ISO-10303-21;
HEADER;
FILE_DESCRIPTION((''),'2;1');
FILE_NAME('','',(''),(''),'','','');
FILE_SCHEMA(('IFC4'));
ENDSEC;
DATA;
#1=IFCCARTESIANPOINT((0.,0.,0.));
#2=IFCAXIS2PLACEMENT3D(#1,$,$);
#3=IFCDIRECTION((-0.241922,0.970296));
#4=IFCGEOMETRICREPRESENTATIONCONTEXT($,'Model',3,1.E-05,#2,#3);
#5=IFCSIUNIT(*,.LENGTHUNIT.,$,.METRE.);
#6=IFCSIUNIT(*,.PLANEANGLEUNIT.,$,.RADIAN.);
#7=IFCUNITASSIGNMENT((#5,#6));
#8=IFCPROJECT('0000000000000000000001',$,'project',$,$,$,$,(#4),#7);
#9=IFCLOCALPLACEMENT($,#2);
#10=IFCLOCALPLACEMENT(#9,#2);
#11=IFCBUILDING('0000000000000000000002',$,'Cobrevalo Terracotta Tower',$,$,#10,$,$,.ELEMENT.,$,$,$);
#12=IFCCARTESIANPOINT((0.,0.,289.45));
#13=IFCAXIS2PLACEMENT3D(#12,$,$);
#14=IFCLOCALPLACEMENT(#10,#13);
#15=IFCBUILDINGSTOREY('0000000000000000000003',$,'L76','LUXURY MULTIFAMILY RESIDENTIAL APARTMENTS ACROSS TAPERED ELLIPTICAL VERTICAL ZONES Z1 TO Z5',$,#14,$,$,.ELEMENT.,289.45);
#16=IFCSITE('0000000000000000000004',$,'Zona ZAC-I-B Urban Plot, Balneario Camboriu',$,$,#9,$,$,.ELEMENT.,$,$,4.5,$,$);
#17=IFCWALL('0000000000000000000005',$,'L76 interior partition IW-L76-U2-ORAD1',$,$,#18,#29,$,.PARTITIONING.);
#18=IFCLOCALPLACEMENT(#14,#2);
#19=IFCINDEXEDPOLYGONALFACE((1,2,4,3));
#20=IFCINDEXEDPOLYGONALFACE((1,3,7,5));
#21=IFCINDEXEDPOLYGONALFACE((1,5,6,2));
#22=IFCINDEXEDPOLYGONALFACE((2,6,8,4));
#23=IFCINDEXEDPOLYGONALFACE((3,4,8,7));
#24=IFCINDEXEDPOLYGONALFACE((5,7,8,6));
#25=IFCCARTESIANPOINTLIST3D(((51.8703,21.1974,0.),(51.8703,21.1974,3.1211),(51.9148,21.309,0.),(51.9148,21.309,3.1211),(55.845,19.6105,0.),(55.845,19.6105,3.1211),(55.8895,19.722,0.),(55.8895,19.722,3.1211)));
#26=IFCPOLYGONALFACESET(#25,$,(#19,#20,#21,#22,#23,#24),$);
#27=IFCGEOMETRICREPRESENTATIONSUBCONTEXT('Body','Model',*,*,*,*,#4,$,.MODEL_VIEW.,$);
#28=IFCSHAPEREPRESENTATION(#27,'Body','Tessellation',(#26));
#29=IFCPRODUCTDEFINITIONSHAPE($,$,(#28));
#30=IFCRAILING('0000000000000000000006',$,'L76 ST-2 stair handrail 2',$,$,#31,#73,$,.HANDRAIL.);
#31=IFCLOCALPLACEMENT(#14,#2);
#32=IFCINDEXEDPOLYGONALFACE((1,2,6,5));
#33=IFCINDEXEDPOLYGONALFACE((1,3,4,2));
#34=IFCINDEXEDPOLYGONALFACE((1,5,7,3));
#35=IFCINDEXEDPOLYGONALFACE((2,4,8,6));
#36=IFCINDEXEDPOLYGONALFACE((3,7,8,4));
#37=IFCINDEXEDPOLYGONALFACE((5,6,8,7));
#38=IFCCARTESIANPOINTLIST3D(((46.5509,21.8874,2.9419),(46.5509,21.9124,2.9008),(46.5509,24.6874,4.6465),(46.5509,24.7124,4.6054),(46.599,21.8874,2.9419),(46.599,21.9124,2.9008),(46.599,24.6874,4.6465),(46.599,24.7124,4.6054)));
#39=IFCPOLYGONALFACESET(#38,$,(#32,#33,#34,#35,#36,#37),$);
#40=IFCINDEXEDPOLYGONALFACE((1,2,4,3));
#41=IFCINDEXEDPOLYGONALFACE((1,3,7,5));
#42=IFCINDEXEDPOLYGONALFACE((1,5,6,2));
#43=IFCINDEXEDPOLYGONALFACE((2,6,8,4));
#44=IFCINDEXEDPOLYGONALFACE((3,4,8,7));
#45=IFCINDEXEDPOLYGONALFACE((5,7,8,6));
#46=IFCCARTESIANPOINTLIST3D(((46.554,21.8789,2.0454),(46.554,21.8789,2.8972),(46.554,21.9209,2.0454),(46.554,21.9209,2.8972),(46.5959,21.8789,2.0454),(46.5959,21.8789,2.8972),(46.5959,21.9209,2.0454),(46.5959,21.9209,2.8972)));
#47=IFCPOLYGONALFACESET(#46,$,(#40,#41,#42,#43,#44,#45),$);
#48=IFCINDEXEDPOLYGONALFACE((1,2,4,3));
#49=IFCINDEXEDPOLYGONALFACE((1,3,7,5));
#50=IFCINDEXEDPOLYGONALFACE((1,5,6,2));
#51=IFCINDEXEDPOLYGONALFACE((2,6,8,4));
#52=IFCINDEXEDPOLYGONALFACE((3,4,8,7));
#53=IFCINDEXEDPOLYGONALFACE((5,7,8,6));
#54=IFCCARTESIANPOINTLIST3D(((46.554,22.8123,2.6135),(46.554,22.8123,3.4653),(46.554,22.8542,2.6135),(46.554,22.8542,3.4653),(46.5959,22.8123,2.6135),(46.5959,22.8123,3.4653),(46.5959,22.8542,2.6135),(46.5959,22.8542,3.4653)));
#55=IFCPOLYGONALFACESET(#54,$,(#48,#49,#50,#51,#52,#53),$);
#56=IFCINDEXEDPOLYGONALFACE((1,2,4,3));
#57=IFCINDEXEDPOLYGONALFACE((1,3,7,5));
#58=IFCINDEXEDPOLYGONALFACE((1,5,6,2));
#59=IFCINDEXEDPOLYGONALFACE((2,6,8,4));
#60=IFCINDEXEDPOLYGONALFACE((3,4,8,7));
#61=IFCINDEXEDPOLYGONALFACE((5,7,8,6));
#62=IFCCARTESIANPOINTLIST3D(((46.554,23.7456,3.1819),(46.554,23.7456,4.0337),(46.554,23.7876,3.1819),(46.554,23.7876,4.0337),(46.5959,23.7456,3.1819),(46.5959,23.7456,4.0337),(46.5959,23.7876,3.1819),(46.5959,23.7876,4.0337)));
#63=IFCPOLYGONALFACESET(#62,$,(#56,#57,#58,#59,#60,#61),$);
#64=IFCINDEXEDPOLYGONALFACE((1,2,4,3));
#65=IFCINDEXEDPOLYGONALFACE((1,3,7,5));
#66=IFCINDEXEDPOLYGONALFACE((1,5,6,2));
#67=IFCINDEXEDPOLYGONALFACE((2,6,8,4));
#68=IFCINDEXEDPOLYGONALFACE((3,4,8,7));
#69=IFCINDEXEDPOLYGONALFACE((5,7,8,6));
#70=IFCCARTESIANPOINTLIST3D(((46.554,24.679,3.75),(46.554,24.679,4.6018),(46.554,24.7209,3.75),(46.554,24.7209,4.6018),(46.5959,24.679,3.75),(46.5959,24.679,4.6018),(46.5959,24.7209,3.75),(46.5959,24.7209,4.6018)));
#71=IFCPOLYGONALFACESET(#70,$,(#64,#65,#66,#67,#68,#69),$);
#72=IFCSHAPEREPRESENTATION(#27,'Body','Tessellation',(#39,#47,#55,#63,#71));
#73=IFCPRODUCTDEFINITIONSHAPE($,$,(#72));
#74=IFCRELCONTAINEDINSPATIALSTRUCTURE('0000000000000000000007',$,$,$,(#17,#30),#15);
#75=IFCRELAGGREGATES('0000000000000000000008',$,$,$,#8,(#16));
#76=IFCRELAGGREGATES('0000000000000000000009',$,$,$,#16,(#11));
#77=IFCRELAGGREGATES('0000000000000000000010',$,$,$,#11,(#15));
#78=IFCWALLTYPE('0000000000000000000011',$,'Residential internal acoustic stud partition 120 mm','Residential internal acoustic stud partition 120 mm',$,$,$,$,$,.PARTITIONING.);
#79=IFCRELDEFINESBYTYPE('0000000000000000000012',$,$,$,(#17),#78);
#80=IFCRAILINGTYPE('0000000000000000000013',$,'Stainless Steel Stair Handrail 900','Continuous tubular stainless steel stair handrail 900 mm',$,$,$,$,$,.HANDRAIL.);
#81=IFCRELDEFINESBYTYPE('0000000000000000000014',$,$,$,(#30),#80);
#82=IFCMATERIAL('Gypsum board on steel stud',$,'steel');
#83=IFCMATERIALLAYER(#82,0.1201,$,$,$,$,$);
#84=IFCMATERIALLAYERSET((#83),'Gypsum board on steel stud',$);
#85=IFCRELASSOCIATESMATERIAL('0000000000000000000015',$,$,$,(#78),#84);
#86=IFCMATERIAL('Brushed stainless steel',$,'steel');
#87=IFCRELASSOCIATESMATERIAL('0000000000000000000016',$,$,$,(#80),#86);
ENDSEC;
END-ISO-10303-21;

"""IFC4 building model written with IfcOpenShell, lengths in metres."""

from ifc_helpers import new_model, si_unit, direction, frame, frame_2d, origin, origin_2d, place, context, subcontext, project, spatial, rectangle, extrude, material, layer, layer_set, type_object, element, save


model = new_model("IFC4")

# Units and contexts
model_context = context("Model", 3, precision=1e-05, world=origin(), true_north=direction((-0.241922, 0.970296)))
body_context = subcontext(model_context, "Body", "Model", "MODEL_VIEW")
ifc_project = project(units=[si_unit("LENGTHUNIT", "METRE"), si_unit("PLANEANGLEUNIT", "RADIAN")], contexts=[model_context])

# Site, building, storey
site_placement = place(None, origin())
site = spatial("IfcSite", under=ifc_project, at=site_placement, Name="Zona ZAC-I-B Urban Plot, Balneario Camboriu", CompositionType="ELEMENT", RefElevation=4.5)
building_placement = place(site_placement, origin())
building = spatial("IfcBuilding", under=site, at=building_placement, Name="Cobrevalo Terracotta Tower", CompositionType="ELEMENT")
storey_placement = place(building_placement, frame((0.0, 0.0, 289.45)))
storey = spatial("IfcBuildingStorey", under=building, at=storey_placement, Name="L76", Description="LUXURY MULTIFAMILY RESIDENTIAL APARTMENTS ACROSS TAPERED ELLIPTICAL VERTICAL ZONES Z1 TO Z5", CompositionType="ELEMENT", Elevation=289.45)

# Wall
ifc_material_1 = material(Name="Gypsum board on steel stud", Category="steel")
ifc_layer_1 = layer(ifc_material_1, 0.1201)
ifc_layer_set_1 = layer_set([ifc_layer_1], Name="Gypsum board on steel stud")
wall_type_1 = type_object("IfcWallType", Name="Residential internal acoustic stud partition 120 mm", Description="Residential internal acoustic stud partition 120 mm", PredefinedType="PARTITIONING", material=ifc_layer_set_1)
wall_1_placement = place(storey_placement, frame((51.8926, 21.2532, 0.0), z_axis=(0.0, 0.0, 1.0), x_axis=(0.928713, -0.3708, 0.0)))
element("IfcWall", 1, at=wall_1_placement, inside=storey, type_object=wall_type_1, Name="L76 interior partition IW-L76-U2-ORAD1", PredefinedType="PARTITIONING", context=body_context, shape_type="SweptSolid", body=[
    extrude(rectangle(XDim=4.2798, YDim=0.1201, at=frame_2d((2.1399, 0.0))), origin(), (0.0, 0.0, 1.0), 3.1211),
])

# Railing
ifc_material_2 = material(Name="Brushed stainless steel", Category="steel")
railing_type = type_object("IfcRailingType", Name="Stainless Steel Stair Handrail 900", Description="Continuous tubular stainless steel stair handrail 900 mm", PredefinedType="HANDRAIL", material=ifc_material_2)
railing_placement = place(storey_placement, frame((46.575, 21.8999, 2.0454)))
element("IfcRailing", 2, at=railing_placement, inside=storey, type_object=railing_type, Name="L76 ST-2 stair handrail 2", PredefinedType="HANDRAIL", context=body_context, shape_type="SweptSolid", body=[
    extrude(rectangle(XDim=0.0481, YDim=0.0481, at=origin_2d()), frame((0.0, 0.0, 0.876), z_axis=(0.0, 0.85417, 0.519994), x_axis=(-1.0, 0.0, 0.0)), (0.0, 0.0, 1.0), 3.2781),
    extrude(rectangle(XDim=0.042, YDim=0.042, at=origin_2d()), origin(), (0.0, 0.0, 1.0), 0.8518),
    extrude(rectangle(XDim=0.042, YDim=0.042, at=origin_2d()), frame((0.0, 0.9333, 0.5681)), (0.0, 0.0, 1.0), 0.8518),
    extrude(rectangle(XDim=0.042, YDim=0.042, at=origin_2d()), frame((0.0, 1.8667, 1.1365)), (0.0, 0.0, 1.0), 0.8518),
    extrude(rectangle(XDim=0.042, YDim=0.042, at=origin_2d()), frame((0.0, 2.8, 1.7046)), (0.0, 0.0, 1.0), 0.8518),
])

save(model, "model.ifc")
